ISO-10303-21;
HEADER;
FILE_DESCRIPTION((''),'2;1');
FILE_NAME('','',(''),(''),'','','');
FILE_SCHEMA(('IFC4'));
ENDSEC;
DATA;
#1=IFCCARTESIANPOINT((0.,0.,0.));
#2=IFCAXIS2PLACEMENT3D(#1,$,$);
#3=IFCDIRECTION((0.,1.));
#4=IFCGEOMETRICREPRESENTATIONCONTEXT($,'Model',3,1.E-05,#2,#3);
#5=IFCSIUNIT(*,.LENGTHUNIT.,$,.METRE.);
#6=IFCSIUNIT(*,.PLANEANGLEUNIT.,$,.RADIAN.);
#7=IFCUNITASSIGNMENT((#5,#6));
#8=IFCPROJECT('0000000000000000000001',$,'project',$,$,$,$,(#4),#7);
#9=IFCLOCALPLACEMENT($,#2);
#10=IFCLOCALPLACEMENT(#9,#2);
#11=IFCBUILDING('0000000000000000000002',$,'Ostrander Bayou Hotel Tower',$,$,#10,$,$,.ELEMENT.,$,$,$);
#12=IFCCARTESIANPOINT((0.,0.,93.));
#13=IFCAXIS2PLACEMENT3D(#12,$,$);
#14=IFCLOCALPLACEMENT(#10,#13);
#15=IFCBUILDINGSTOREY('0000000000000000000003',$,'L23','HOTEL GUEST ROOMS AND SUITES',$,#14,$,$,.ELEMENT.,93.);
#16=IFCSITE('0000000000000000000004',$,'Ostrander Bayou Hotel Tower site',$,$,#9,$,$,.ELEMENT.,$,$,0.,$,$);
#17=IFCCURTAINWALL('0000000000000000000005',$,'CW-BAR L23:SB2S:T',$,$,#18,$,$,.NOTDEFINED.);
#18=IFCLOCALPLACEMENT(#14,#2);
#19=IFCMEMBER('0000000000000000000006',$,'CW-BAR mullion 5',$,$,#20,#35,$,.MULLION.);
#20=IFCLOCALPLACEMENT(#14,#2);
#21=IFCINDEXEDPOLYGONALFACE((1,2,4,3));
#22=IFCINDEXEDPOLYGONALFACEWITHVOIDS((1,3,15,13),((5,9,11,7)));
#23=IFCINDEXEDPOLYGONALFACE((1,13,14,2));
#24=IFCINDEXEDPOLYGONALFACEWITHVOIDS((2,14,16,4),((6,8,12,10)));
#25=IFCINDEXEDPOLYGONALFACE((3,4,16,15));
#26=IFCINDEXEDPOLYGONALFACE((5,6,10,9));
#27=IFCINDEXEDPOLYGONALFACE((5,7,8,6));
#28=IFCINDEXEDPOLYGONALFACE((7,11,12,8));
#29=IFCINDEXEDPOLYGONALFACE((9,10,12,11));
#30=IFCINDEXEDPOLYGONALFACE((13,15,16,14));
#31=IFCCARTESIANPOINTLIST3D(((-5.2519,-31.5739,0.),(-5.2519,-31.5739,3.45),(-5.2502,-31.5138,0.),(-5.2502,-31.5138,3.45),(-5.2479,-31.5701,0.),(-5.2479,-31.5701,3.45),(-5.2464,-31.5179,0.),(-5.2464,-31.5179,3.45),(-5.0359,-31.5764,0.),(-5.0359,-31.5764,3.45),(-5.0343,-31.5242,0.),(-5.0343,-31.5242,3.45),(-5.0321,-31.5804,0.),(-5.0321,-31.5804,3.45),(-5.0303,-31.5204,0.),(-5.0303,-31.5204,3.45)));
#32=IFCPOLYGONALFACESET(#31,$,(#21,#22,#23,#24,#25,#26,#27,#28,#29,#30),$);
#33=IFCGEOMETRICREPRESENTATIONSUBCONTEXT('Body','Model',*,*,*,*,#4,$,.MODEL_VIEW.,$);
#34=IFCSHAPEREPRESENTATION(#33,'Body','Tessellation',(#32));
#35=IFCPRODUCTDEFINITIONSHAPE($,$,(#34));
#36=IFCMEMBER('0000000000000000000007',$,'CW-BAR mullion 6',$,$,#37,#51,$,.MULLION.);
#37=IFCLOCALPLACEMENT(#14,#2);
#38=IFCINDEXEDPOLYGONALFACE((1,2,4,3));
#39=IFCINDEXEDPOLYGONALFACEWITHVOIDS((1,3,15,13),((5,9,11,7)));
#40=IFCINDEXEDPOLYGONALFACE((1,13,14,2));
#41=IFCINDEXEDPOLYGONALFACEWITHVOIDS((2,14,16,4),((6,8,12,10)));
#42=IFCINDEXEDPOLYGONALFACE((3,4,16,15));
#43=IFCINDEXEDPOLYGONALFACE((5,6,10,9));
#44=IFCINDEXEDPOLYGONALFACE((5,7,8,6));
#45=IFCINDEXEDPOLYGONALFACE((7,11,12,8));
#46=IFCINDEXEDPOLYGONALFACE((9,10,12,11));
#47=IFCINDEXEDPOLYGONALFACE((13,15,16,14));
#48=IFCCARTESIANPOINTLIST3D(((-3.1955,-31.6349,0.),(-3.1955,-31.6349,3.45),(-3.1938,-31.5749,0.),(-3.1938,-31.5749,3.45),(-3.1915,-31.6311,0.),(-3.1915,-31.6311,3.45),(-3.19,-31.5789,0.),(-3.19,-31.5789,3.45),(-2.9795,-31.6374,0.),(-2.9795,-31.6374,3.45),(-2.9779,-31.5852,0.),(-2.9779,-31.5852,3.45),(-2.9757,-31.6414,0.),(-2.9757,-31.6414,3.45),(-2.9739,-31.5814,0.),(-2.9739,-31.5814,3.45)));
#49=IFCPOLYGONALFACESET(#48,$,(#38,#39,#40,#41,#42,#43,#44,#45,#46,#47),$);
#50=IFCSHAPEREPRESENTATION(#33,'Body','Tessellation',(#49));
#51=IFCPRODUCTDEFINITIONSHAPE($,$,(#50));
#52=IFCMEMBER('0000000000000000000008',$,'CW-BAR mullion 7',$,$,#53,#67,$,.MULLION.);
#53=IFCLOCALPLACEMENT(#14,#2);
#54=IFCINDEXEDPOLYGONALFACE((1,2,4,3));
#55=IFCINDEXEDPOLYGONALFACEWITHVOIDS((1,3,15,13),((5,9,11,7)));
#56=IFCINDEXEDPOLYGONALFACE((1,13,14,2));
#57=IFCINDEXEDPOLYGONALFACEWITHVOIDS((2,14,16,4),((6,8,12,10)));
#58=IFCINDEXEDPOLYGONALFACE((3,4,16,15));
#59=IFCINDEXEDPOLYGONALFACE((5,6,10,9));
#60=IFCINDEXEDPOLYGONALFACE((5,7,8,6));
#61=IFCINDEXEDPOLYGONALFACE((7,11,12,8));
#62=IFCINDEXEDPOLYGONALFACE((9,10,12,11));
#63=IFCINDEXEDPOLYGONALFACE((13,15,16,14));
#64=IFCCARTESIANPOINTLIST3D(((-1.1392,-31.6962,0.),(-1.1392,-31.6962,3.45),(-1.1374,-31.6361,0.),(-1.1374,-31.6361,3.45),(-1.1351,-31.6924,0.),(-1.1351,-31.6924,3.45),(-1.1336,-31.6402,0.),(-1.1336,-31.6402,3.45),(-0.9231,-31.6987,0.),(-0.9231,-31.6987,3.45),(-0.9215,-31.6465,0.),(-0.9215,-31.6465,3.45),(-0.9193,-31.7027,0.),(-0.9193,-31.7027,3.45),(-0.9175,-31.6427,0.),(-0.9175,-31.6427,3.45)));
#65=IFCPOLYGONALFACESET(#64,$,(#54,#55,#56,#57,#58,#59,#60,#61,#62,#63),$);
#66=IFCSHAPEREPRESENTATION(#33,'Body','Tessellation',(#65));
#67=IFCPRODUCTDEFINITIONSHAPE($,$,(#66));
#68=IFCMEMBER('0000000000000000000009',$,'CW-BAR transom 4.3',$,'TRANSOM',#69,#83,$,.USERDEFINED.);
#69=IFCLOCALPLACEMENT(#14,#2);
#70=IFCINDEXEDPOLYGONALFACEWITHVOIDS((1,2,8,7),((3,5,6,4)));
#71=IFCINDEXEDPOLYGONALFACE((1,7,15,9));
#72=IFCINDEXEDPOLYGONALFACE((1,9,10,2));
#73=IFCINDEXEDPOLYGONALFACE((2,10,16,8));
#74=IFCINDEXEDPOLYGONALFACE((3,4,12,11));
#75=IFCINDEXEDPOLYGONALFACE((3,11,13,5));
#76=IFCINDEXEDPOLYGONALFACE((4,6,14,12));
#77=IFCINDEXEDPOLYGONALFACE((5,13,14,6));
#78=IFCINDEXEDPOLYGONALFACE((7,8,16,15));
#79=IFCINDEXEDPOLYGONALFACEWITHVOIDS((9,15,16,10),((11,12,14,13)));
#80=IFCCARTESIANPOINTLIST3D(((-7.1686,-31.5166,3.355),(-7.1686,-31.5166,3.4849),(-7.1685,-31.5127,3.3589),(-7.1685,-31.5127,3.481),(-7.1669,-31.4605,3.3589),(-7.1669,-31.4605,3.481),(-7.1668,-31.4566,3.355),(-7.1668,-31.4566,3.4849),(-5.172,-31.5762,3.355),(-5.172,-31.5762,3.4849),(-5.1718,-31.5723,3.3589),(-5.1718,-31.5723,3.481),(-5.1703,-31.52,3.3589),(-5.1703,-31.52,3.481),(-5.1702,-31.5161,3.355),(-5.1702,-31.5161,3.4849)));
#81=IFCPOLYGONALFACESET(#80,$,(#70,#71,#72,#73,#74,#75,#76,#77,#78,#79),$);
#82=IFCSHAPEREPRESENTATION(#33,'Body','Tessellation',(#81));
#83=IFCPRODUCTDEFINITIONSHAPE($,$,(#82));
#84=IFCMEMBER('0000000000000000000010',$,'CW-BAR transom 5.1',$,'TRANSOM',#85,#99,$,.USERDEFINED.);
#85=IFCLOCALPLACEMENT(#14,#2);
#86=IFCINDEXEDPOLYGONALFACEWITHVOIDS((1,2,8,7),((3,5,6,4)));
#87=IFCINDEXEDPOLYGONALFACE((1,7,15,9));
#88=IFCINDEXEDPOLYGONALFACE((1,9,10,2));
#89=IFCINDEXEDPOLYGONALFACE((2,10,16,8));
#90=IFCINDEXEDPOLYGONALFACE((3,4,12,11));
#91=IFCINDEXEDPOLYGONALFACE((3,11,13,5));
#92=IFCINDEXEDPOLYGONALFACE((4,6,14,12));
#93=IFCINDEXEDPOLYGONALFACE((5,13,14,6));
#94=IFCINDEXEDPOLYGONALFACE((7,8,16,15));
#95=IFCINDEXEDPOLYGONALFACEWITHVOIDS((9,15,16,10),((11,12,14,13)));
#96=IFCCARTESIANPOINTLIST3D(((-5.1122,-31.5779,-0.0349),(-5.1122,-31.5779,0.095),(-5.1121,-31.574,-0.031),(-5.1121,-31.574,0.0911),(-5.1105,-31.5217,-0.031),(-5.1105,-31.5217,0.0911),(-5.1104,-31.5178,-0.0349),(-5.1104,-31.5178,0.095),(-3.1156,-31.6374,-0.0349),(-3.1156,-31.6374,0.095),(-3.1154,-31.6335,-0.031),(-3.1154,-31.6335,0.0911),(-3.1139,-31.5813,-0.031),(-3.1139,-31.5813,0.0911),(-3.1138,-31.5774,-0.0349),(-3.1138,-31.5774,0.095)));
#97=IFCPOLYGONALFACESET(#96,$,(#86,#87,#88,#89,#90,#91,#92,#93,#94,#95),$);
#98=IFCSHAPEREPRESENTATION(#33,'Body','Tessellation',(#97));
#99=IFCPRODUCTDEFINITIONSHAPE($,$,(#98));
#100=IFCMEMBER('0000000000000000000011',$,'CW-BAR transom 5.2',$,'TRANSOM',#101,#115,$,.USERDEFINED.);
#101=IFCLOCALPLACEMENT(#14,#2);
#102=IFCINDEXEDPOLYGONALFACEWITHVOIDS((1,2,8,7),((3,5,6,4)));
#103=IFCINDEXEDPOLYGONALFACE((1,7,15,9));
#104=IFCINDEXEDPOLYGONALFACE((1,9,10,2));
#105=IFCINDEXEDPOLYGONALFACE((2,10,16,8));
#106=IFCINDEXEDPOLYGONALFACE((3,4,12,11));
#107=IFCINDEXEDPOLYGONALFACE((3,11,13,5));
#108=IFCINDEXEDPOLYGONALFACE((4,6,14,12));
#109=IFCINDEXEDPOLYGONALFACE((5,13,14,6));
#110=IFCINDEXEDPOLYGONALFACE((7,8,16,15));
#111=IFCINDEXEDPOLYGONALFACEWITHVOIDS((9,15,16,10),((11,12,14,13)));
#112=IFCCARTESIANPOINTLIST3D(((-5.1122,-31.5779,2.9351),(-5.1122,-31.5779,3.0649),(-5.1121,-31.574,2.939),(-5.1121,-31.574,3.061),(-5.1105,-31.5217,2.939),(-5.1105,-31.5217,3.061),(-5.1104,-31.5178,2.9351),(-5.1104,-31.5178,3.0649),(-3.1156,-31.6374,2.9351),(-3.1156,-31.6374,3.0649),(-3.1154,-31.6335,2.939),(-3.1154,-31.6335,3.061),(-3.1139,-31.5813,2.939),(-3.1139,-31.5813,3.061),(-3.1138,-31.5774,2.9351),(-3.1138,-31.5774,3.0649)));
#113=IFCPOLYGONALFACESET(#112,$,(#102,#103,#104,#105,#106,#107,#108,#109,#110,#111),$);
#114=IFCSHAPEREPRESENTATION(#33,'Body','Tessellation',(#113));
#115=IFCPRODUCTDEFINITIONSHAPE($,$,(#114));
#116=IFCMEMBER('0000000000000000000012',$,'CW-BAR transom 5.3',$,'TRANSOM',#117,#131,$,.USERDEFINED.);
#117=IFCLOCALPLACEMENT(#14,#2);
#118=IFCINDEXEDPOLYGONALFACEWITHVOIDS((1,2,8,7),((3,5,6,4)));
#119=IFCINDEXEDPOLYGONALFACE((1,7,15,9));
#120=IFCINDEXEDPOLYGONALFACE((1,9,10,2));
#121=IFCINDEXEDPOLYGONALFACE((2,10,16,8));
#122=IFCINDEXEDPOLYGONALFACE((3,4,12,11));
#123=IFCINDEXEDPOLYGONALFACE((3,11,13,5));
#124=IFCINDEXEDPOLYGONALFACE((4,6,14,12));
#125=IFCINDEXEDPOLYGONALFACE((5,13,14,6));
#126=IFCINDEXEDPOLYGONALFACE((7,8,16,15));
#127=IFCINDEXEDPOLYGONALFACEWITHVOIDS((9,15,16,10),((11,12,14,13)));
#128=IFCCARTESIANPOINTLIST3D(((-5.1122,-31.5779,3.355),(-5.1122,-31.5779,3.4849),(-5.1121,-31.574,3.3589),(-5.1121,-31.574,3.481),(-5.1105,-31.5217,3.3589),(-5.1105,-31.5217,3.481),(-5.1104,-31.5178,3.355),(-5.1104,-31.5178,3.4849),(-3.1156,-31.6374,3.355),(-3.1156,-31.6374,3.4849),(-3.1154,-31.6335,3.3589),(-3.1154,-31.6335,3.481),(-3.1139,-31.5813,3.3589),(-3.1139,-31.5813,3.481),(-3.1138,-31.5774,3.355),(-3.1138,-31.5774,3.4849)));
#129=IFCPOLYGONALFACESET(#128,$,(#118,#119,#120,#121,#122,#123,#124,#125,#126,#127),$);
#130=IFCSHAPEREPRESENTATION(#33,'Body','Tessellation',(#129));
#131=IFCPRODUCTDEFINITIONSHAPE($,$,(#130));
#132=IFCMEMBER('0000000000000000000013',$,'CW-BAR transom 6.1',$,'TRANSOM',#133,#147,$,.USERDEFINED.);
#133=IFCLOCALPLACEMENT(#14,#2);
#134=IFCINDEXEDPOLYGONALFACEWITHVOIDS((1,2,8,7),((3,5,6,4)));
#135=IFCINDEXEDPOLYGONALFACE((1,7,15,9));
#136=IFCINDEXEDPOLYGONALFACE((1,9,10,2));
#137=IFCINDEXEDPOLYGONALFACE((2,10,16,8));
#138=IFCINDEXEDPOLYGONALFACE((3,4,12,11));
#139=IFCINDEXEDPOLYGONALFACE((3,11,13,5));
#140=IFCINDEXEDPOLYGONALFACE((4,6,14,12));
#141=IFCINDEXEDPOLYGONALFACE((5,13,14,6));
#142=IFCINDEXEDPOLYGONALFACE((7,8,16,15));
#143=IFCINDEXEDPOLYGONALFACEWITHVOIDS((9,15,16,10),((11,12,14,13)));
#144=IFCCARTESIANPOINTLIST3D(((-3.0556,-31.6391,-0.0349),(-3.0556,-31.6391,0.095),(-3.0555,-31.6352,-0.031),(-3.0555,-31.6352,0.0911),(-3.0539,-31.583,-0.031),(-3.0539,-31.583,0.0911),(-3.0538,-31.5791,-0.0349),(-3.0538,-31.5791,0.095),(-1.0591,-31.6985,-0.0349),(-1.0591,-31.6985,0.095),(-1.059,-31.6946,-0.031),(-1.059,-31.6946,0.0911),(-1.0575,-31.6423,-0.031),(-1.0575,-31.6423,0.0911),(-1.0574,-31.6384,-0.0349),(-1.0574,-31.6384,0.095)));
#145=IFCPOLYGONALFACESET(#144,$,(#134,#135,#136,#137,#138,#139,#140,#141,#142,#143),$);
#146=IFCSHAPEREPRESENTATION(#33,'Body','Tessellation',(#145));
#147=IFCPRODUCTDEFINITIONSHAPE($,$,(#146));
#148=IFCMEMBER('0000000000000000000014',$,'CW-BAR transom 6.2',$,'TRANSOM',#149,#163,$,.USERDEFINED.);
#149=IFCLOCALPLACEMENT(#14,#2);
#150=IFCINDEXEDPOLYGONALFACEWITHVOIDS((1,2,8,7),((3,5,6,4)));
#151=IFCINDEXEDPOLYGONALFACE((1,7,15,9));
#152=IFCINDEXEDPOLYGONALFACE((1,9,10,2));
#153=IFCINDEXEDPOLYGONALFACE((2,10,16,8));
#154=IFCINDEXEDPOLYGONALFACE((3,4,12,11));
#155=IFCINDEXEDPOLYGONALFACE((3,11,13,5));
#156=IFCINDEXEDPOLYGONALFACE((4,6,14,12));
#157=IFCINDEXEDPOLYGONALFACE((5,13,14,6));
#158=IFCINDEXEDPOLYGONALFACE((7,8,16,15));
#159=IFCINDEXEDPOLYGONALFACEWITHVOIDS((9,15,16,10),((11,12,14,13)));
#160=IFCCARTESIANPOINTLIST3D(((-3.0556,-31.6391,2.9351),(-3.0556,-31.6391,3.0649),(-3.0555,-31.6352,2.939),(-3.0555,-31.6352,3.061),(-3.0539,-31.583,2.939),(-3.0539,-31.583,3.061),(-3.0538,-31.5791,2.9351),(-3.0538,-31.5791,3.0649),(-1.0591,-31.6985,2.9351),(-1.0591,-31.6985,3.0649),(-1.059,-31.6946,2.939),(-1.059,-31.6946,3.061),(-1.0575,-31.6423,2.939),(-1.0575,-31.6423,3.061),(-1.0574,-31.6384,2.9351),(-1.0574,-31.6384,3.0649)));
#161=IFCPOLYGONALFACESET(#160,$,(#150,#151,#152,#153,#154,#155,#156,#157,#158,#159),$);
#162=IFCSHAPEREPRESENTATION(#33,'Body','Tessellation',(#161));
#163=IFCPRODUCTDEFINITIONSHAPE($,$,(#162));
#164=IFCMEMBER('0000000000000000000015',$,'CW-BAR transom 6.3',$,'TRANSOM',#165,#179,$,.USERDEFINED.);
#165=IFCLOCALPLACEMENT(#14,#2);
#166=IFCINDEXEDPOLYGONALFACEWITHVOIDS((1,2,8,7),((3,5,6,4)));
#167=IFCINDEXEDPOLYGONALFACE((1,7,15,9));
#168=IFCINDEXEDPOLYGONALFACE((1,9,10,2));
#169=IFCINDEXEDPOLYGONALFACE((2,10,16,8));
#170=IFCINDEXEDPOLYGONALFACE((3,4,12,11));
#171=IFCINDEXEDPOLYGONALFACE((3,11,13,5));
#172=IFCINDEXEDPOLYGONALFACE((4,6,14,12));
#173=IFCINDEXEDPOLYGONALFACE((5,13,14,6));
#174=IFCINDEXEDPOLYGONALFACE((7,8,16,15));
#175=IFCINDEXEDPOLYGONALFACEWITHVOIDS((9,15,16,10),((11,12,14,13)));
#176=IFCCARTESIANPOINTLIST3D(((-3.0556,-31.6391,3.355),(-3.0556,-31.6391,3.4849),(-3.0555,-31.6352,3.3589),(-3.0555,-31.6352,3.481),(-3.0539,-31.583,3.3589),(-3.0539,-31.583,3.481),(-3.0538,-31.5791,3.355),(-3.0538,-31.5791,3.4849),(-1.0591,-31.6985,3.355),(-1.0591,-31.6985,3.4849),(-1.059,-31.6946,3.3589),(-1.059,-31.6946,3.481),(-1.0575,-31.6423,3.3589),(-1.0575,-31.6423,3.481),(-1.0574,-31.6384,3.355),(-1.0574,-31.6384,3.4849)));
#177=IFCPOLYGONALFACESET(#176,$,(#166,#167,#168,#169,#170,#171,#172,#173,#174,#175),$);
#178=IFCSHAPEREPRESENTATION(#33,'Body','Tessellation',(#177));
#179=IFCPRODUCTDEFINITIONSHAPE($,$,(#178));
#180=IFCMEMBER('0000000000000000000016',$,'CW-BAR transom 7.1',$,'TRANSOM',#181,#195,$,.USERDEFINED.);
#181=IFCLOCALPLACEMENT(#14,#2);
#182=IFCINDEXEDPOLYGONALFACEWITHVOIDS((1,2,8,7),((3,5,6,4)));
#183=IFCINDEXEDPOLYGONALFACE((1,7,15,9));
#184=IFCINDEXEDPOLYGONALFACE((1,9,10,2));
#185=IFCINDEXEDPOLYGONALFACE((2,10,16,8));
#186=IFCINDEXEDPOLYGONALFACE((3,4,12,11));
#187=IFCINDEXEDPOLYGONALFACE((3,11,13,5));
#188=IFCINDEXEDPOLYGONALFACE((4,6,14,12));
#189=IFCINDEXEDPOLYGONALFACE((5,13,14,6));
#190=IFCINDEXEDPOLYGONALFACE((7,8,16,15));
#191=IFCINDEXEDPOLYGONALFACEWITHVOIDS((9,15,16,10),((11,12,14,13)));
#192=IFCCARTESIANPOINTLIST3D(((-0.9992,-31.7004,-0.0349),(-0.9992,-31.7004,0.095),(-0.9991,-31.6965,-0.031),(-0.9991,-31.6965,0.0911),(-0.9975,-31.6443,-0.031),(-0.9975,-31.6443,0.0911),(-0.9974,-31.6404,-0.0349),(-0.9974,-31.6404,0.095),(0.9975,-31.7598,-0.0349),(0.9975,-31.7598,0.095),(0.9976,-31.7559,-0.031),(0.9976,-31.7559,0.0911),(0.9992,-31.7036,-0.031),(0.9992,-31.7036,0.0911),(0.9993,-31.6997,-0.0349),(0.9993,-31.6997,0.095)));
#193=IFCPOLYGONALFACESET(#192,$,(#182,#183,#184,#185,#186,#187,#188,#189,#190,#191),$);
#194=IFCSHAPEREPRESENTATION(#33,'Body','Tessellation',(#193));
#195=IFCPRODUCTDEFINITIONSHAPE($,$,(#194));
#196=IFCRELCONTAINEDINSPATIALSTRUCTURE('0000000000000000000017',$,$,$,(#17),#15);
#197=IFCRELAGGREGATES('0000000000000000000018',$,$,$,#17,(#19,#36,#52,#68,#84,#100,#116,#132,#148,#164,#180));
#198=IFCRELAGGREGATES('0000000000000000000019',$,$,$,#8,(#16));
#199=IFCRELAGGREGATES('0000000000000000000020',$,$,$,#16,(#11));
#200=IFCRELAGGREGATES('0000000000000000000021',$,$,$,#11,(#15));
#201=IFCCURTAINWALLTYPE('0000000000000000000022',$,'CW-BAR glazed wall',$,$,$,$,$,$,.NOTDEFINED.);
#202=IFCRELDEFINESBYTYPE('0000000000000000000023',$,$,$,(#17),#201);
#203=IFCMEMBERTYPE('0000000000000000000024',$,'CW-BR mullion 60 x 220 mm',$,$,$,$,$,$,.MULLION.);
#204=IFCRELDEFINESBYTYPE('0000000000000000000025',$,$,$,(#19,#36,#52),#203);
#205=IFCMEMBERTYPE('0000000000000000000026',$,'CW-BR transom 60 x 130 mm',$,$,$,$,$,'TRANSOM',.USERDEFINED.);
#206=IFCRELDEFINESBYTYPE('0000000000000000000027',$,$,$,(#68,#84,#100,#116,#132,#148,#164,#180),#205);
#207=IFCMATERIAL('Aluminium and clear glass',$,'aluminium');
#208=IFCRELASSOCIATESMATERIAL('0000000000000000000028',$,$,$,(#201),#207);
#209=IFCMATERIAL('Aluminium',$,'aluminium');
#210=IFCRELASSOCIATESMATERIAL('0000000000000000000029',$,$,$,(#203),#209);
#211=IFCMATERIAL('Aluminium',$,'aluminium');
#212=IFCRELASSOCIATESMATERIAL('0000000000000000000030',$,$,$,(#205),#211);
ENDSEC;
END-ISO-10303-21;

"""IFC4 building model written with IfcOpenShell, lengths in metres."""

from ifc_helpers import new_model, si_unit, direction, frame, origin, origin_2d, place, context, subcontext, project, spatial, hollow_rectangle, extrude, material, material_profile, profile_set, type_object, element, aggregate, save


model = new_model("IFC4")

# Units and contexts
model_context = context("Model", 3, precision=1e-05, world=origin(), true_north=direction((0.0, 1.0)))
body_context = subcontext(model_context, "Body", "Model", "MODEL_VIEW")
ifc_project = project(units=[si_unit("LENGTHUNIT", "METRE"), si_unit("PLANEANGLEUNIT", "RADIAN")], contexts=[model_context])

# Site, building, storey
site_placement = place(None, origin())
site = spatial("IfcSite", under=ifc_project, at=site_placement, Name="Ostrander Bayou Hotel Tower site", CompositionType="ELEMENT", RefElevation=0.0)
building_placement = place(site_placement, origin())
building = spatial("IfcBuilding", under=site, at=building_placement, Name="Ostrander Bayou Hotel Tower", CompositionType="ELEMENT")
storey_placement = place(building_placement, frame((0.0, 0.0, 93.0)))
storey = spatial("IfcBuildingStorey", under=building, at=storey_placement, Name="L23", Description="HOTEL GUEST ROOMS AND SUITES", CompositionType="ELEMENT", Elevation=93.0)

# Curtain wall, members
ifc_material_1 = material(Name="Aluminium and clear glass", Category="aluminium")
curtain_wall_type = type_object("IfcCurtainWallType", Name="CW-BAR glazed wall", PredefinedType="NOTDEFINED", material=ifc_material_1)
curtain_wall_placement = place(storey_placement, origin())
curtain_wall = element("IfcCurtainWall", 1, at=curtain_wall_placement, inside=storey, type_object=curtain_wall_type, Name="CW-BAR L23:SB2S:T", PredefinedType="NOTDEFINED")
ifc_material_2 = material(Name="Aluminium", Category="aluminium")
ifc_material_profile_1 = material_profile(ifc_material_2, hollow_rectangle(XDim=0.0601, YDim=0.22, WallThickness=0.0039, at=origin_2d()))
ifc_profile_set_1 = profile_set([ifc_material_profile_1], Name="Aluminium")
member_type_1 = type_object("IfcMemberType", Name="CW-BR mullion 60 x 220 mm", PredefinedType="MULLION", material=ifc_profile_set_1)
member_1_placement = place(storey_placement, frame((-5.1411, -31.5471, 0.0), z_axis=(0.0, 0.0, 1.0), x_axis=(0.029746, 0.999557, 0.0)))
member_1 = element("IfcMember", 2, at=member_1_placement, type_object=member_type_1, Name="CW-BAR mullion 5", PredefinedType="MULLION", context=body_context, shape_type="SweptSolid", body=[
    extrude(hollow_rectangle(XDim=0.0601, YDim=0.22, WallThickness=0.0039, at=origin_2d()), origin(), (0.0, 0.0, 1.0), 3.45),
])
member_2_placement = place(storey_placement, frame((-3.0847, -31.6082, 0.0), z_axis=(0.0, 0.0, 1.0), x_axis=(0.029746, 0.999557, 0.0)))
member_2 = element("IfcMember", 3, at=member_2_placement, type_object=member_type_1, Name="CW-BAR mullion 6", PredefinedType="MULLION", context=body_context, shape_type="SweptSolid", body=[
    extrude(hollow_rectangle(XDim=0.0601, YDim=0.22, WallThickness=0.0039, at=origin_2d()), origin(), (0.0, 0.0, 1.0), 3.45),
])
member_3_placement = place(storey_placement, frame((-1.0283, -31.6694, 0.0), z_axis=(0.0, 0.0, 1.0), x_axis=(0.029746, 0.999557, 0.0)))
member_3 = element("IfcMember", 4, at=member_3_placement, type_object=member_type_1, Name="CW-BAR mullion 7", PredefinedType="MULLION", context=body_context, shape_type="SweptSolid", body=[
    extrude(hollow_rectangle(XDim=0.0601, YDim=0.22, WallThickness=0.0039, at=origin_2d()), origin(), (0.0, 0.0, 1.0), 3.45),
])
ifc_material_3 = material(Name="Aluminium", Category="aluminium")
ifc_material_profile_2 = material_profile(ifc_material_3, hollow_rectangle(XDim=0.0601, YDim=0.1299, WallThickness=0.0039, at=origin_2d()))
ifc_profile_set_2 = profile_set([ifc_material_profile_2], Name="Aluminium")
member_type_2 = type_object("IfcMemberType", Name="CW-BR transom 60 x 130 mm", ElementType="TRANSOM", PredefinedType="USERDEFINED", material=ifc_profile_set_2)
member_4_placement = place(storey_placement, frame((-7.1677, -31.4866, 3.4199), z_axis=(0.999555, -0.029823, 0.0), x_axis=(0.029823, 0.999555, 0.0)))
member_4 = element("IfcMember", 5, at=member_4_placement, type_object=member_type_2, Name="CW-BAR transom 4.3", ObjectType="TRANSOM", PredefinedType="USERDEFINED", context=body_context, shape_type="SweptSolid", body=[
    extrude(hollow_rectangle(XDim=0.0601, YDim=0.1299, WallThickness=0.0039, at=origin_2d()), origin(), (0.0, 0.0, 1.0), 1.9976),
])
member_5_placement = place(storey_placement, frame((-5.1113, -31.5479, 0.03), z_axis=(0.999555, -0.029823, 0.0), x_axis=(0.029823, 0.999555, 0.0)))
member_5 = element("IfcMember", 6, at=member_5_placement, type_object=member_type_2, Name="CW-BAR transom 5.1", ObjectType="TRANSOM", PredefinedType="USERDEFINED", context=body_context, shape_type="SweptSolid", body=[
    extrude(hollow_rectangle(XDim=0.0601, YDim=0.1299, WallThickness=0.0039, at=origin_2d()), origin(), (0.0, 0.0, 1.0), 1.9976),
])
member_6_placement = place(storey_placement, frame((-5.1113, -31.5479, 3.0), z_axis=(0.999555, -0.029823, 0.0), x_axis=(0.029823, 0.999555, 0.0)))
member_6 = element("IfcMember", 7, at=member_6_placement, type_object=member_type_2, Name="CW-BAR transom 5.2", ObjectType="TRANSOM", PredefinedType="USERDEFINED", context=body_context, shape_type="SweptSolid", body=[
    extrude(hollow_rectangle(XDim=0.0601, YDim=0.1299, WallThickness=0.0039, at=origin_2d()), origin(), (0.0, 0.0, 1.0), 1.9976),
])
member_7_placement = place(storey_placement, frame((-5.1113, -31.5479, 3.4199), z_axis=(0.999555, -0.029823, 0.0), x_axis=(0.029823, 0.999555, 0.0)))
member_7 = element("IfcMember", 8, at=member_7_placement, type_object=member_type_2, Name="CW-BAR transom 5.3", ObjectType="TRANSOM", PredefinedType="USERDEFINED", context=body_context, shape_type="SweptSolid", body=[
    extrude(hollow_rectangle(XDim=0.0601, YDim=0.1299, WallThickness=0.0039, at=origin_2d()), origin(), (0.0, 0.0, 1.0), 1.9976),
])
member_8_placement = place(storey_placement, frame((-3.0547, -31.6091, 0.03), z_axis=(0.999559, -0.029704, 0.0), x_axis=(0.029704, 0.999559, 0.0)))
member_8 = element("IfcMember", 9, at=member_8_placement, type_object=member_type_2, Name="CW-BAR transom 6.1", ObjectType="TRANSOM", PredefinedType="USERDEFINED", context=body_context, shape_type="SweptSolid", body=[
    extrude(hollow_rectangle(XDim=0.0601, YDim=0.1299, WallThickness=0.0039, at=origin_2d()), origin(), (0.0, 0.0, 1.0), 1.9973),
])
member_9_placement = place(storey_placement, frame((-3.0547, -31.6091, 3.0), z_axis=(0.999559, -0.029704, 0.0), x_axis=(0.029704, 0.999559, 0.0)))
member_9 = element("IfcMember", 10, at=member_9_placement, type_object=member_type_2, Name="CW-BAR transom 6.2", ObjectType="TRANSOM", PredefinedType="USERDEFINED", context=body_context, shape_type="SweptSolid", body=[
    extrude(hollow_rectangle(XDim=0.0601, YDim=0.1299, WallThickness=0.0039, at=origin_2d()), origin(), (0.0, 0.0, 1.0), 1.9973),
])
member_10_placement = place(storey_placement, frame((-3.0547, -31.6091, 3.4199), z_axis=(0.999559, -0.029704, 0.0), x_axis=(0.029704, 0.999559, 0.0)))
member_10 = element("IfcMember", 11, at=member_10_placement, type_object=member_type_2, Name="CW-BAR transom 6.3", ObjectType="TRANSOM", PredefinedType="USERDEFINED", context=body_context, shape_type="SweptSolid", body=[
    extrude(hollow_rectangle(XDim=0.0601, YDim=0.1299, WallThickness=0.0039, at=origin_2d()), origin(), (0.0, 0.0, 1.0), 1.9973),
])
member_11_placement = place(storey_placement, frame((-0.9983, -31.6704, 0.03), z_axis=(0.999559, -0.029701, 0.0), x_axis=(0.029701, 0.999559, 0.0)))
member_11 = element("IfcMember", 12, at=member_11_placement, type_object=member_type_2, Name="CW-BAR transom 7.1", ObjectType="TRANSOM", PredefinedType="USERDEFINED", context=body_context, shape_type="SweptSolid", body=[
    extrude(hollow_rectangle(XDim=0.0601, YDim=0.1299, WallThickness=0.0039, at=origin_2d()), origin(), (0.0, 0.0, 1.0), 1.9976),
])
aggregate(curtain_wall, [member_1, member_2, member_3, member_4, member_5, member_6, member_7, member_8, member_9, member_10, member_11])

save(model, "model.ifc")
